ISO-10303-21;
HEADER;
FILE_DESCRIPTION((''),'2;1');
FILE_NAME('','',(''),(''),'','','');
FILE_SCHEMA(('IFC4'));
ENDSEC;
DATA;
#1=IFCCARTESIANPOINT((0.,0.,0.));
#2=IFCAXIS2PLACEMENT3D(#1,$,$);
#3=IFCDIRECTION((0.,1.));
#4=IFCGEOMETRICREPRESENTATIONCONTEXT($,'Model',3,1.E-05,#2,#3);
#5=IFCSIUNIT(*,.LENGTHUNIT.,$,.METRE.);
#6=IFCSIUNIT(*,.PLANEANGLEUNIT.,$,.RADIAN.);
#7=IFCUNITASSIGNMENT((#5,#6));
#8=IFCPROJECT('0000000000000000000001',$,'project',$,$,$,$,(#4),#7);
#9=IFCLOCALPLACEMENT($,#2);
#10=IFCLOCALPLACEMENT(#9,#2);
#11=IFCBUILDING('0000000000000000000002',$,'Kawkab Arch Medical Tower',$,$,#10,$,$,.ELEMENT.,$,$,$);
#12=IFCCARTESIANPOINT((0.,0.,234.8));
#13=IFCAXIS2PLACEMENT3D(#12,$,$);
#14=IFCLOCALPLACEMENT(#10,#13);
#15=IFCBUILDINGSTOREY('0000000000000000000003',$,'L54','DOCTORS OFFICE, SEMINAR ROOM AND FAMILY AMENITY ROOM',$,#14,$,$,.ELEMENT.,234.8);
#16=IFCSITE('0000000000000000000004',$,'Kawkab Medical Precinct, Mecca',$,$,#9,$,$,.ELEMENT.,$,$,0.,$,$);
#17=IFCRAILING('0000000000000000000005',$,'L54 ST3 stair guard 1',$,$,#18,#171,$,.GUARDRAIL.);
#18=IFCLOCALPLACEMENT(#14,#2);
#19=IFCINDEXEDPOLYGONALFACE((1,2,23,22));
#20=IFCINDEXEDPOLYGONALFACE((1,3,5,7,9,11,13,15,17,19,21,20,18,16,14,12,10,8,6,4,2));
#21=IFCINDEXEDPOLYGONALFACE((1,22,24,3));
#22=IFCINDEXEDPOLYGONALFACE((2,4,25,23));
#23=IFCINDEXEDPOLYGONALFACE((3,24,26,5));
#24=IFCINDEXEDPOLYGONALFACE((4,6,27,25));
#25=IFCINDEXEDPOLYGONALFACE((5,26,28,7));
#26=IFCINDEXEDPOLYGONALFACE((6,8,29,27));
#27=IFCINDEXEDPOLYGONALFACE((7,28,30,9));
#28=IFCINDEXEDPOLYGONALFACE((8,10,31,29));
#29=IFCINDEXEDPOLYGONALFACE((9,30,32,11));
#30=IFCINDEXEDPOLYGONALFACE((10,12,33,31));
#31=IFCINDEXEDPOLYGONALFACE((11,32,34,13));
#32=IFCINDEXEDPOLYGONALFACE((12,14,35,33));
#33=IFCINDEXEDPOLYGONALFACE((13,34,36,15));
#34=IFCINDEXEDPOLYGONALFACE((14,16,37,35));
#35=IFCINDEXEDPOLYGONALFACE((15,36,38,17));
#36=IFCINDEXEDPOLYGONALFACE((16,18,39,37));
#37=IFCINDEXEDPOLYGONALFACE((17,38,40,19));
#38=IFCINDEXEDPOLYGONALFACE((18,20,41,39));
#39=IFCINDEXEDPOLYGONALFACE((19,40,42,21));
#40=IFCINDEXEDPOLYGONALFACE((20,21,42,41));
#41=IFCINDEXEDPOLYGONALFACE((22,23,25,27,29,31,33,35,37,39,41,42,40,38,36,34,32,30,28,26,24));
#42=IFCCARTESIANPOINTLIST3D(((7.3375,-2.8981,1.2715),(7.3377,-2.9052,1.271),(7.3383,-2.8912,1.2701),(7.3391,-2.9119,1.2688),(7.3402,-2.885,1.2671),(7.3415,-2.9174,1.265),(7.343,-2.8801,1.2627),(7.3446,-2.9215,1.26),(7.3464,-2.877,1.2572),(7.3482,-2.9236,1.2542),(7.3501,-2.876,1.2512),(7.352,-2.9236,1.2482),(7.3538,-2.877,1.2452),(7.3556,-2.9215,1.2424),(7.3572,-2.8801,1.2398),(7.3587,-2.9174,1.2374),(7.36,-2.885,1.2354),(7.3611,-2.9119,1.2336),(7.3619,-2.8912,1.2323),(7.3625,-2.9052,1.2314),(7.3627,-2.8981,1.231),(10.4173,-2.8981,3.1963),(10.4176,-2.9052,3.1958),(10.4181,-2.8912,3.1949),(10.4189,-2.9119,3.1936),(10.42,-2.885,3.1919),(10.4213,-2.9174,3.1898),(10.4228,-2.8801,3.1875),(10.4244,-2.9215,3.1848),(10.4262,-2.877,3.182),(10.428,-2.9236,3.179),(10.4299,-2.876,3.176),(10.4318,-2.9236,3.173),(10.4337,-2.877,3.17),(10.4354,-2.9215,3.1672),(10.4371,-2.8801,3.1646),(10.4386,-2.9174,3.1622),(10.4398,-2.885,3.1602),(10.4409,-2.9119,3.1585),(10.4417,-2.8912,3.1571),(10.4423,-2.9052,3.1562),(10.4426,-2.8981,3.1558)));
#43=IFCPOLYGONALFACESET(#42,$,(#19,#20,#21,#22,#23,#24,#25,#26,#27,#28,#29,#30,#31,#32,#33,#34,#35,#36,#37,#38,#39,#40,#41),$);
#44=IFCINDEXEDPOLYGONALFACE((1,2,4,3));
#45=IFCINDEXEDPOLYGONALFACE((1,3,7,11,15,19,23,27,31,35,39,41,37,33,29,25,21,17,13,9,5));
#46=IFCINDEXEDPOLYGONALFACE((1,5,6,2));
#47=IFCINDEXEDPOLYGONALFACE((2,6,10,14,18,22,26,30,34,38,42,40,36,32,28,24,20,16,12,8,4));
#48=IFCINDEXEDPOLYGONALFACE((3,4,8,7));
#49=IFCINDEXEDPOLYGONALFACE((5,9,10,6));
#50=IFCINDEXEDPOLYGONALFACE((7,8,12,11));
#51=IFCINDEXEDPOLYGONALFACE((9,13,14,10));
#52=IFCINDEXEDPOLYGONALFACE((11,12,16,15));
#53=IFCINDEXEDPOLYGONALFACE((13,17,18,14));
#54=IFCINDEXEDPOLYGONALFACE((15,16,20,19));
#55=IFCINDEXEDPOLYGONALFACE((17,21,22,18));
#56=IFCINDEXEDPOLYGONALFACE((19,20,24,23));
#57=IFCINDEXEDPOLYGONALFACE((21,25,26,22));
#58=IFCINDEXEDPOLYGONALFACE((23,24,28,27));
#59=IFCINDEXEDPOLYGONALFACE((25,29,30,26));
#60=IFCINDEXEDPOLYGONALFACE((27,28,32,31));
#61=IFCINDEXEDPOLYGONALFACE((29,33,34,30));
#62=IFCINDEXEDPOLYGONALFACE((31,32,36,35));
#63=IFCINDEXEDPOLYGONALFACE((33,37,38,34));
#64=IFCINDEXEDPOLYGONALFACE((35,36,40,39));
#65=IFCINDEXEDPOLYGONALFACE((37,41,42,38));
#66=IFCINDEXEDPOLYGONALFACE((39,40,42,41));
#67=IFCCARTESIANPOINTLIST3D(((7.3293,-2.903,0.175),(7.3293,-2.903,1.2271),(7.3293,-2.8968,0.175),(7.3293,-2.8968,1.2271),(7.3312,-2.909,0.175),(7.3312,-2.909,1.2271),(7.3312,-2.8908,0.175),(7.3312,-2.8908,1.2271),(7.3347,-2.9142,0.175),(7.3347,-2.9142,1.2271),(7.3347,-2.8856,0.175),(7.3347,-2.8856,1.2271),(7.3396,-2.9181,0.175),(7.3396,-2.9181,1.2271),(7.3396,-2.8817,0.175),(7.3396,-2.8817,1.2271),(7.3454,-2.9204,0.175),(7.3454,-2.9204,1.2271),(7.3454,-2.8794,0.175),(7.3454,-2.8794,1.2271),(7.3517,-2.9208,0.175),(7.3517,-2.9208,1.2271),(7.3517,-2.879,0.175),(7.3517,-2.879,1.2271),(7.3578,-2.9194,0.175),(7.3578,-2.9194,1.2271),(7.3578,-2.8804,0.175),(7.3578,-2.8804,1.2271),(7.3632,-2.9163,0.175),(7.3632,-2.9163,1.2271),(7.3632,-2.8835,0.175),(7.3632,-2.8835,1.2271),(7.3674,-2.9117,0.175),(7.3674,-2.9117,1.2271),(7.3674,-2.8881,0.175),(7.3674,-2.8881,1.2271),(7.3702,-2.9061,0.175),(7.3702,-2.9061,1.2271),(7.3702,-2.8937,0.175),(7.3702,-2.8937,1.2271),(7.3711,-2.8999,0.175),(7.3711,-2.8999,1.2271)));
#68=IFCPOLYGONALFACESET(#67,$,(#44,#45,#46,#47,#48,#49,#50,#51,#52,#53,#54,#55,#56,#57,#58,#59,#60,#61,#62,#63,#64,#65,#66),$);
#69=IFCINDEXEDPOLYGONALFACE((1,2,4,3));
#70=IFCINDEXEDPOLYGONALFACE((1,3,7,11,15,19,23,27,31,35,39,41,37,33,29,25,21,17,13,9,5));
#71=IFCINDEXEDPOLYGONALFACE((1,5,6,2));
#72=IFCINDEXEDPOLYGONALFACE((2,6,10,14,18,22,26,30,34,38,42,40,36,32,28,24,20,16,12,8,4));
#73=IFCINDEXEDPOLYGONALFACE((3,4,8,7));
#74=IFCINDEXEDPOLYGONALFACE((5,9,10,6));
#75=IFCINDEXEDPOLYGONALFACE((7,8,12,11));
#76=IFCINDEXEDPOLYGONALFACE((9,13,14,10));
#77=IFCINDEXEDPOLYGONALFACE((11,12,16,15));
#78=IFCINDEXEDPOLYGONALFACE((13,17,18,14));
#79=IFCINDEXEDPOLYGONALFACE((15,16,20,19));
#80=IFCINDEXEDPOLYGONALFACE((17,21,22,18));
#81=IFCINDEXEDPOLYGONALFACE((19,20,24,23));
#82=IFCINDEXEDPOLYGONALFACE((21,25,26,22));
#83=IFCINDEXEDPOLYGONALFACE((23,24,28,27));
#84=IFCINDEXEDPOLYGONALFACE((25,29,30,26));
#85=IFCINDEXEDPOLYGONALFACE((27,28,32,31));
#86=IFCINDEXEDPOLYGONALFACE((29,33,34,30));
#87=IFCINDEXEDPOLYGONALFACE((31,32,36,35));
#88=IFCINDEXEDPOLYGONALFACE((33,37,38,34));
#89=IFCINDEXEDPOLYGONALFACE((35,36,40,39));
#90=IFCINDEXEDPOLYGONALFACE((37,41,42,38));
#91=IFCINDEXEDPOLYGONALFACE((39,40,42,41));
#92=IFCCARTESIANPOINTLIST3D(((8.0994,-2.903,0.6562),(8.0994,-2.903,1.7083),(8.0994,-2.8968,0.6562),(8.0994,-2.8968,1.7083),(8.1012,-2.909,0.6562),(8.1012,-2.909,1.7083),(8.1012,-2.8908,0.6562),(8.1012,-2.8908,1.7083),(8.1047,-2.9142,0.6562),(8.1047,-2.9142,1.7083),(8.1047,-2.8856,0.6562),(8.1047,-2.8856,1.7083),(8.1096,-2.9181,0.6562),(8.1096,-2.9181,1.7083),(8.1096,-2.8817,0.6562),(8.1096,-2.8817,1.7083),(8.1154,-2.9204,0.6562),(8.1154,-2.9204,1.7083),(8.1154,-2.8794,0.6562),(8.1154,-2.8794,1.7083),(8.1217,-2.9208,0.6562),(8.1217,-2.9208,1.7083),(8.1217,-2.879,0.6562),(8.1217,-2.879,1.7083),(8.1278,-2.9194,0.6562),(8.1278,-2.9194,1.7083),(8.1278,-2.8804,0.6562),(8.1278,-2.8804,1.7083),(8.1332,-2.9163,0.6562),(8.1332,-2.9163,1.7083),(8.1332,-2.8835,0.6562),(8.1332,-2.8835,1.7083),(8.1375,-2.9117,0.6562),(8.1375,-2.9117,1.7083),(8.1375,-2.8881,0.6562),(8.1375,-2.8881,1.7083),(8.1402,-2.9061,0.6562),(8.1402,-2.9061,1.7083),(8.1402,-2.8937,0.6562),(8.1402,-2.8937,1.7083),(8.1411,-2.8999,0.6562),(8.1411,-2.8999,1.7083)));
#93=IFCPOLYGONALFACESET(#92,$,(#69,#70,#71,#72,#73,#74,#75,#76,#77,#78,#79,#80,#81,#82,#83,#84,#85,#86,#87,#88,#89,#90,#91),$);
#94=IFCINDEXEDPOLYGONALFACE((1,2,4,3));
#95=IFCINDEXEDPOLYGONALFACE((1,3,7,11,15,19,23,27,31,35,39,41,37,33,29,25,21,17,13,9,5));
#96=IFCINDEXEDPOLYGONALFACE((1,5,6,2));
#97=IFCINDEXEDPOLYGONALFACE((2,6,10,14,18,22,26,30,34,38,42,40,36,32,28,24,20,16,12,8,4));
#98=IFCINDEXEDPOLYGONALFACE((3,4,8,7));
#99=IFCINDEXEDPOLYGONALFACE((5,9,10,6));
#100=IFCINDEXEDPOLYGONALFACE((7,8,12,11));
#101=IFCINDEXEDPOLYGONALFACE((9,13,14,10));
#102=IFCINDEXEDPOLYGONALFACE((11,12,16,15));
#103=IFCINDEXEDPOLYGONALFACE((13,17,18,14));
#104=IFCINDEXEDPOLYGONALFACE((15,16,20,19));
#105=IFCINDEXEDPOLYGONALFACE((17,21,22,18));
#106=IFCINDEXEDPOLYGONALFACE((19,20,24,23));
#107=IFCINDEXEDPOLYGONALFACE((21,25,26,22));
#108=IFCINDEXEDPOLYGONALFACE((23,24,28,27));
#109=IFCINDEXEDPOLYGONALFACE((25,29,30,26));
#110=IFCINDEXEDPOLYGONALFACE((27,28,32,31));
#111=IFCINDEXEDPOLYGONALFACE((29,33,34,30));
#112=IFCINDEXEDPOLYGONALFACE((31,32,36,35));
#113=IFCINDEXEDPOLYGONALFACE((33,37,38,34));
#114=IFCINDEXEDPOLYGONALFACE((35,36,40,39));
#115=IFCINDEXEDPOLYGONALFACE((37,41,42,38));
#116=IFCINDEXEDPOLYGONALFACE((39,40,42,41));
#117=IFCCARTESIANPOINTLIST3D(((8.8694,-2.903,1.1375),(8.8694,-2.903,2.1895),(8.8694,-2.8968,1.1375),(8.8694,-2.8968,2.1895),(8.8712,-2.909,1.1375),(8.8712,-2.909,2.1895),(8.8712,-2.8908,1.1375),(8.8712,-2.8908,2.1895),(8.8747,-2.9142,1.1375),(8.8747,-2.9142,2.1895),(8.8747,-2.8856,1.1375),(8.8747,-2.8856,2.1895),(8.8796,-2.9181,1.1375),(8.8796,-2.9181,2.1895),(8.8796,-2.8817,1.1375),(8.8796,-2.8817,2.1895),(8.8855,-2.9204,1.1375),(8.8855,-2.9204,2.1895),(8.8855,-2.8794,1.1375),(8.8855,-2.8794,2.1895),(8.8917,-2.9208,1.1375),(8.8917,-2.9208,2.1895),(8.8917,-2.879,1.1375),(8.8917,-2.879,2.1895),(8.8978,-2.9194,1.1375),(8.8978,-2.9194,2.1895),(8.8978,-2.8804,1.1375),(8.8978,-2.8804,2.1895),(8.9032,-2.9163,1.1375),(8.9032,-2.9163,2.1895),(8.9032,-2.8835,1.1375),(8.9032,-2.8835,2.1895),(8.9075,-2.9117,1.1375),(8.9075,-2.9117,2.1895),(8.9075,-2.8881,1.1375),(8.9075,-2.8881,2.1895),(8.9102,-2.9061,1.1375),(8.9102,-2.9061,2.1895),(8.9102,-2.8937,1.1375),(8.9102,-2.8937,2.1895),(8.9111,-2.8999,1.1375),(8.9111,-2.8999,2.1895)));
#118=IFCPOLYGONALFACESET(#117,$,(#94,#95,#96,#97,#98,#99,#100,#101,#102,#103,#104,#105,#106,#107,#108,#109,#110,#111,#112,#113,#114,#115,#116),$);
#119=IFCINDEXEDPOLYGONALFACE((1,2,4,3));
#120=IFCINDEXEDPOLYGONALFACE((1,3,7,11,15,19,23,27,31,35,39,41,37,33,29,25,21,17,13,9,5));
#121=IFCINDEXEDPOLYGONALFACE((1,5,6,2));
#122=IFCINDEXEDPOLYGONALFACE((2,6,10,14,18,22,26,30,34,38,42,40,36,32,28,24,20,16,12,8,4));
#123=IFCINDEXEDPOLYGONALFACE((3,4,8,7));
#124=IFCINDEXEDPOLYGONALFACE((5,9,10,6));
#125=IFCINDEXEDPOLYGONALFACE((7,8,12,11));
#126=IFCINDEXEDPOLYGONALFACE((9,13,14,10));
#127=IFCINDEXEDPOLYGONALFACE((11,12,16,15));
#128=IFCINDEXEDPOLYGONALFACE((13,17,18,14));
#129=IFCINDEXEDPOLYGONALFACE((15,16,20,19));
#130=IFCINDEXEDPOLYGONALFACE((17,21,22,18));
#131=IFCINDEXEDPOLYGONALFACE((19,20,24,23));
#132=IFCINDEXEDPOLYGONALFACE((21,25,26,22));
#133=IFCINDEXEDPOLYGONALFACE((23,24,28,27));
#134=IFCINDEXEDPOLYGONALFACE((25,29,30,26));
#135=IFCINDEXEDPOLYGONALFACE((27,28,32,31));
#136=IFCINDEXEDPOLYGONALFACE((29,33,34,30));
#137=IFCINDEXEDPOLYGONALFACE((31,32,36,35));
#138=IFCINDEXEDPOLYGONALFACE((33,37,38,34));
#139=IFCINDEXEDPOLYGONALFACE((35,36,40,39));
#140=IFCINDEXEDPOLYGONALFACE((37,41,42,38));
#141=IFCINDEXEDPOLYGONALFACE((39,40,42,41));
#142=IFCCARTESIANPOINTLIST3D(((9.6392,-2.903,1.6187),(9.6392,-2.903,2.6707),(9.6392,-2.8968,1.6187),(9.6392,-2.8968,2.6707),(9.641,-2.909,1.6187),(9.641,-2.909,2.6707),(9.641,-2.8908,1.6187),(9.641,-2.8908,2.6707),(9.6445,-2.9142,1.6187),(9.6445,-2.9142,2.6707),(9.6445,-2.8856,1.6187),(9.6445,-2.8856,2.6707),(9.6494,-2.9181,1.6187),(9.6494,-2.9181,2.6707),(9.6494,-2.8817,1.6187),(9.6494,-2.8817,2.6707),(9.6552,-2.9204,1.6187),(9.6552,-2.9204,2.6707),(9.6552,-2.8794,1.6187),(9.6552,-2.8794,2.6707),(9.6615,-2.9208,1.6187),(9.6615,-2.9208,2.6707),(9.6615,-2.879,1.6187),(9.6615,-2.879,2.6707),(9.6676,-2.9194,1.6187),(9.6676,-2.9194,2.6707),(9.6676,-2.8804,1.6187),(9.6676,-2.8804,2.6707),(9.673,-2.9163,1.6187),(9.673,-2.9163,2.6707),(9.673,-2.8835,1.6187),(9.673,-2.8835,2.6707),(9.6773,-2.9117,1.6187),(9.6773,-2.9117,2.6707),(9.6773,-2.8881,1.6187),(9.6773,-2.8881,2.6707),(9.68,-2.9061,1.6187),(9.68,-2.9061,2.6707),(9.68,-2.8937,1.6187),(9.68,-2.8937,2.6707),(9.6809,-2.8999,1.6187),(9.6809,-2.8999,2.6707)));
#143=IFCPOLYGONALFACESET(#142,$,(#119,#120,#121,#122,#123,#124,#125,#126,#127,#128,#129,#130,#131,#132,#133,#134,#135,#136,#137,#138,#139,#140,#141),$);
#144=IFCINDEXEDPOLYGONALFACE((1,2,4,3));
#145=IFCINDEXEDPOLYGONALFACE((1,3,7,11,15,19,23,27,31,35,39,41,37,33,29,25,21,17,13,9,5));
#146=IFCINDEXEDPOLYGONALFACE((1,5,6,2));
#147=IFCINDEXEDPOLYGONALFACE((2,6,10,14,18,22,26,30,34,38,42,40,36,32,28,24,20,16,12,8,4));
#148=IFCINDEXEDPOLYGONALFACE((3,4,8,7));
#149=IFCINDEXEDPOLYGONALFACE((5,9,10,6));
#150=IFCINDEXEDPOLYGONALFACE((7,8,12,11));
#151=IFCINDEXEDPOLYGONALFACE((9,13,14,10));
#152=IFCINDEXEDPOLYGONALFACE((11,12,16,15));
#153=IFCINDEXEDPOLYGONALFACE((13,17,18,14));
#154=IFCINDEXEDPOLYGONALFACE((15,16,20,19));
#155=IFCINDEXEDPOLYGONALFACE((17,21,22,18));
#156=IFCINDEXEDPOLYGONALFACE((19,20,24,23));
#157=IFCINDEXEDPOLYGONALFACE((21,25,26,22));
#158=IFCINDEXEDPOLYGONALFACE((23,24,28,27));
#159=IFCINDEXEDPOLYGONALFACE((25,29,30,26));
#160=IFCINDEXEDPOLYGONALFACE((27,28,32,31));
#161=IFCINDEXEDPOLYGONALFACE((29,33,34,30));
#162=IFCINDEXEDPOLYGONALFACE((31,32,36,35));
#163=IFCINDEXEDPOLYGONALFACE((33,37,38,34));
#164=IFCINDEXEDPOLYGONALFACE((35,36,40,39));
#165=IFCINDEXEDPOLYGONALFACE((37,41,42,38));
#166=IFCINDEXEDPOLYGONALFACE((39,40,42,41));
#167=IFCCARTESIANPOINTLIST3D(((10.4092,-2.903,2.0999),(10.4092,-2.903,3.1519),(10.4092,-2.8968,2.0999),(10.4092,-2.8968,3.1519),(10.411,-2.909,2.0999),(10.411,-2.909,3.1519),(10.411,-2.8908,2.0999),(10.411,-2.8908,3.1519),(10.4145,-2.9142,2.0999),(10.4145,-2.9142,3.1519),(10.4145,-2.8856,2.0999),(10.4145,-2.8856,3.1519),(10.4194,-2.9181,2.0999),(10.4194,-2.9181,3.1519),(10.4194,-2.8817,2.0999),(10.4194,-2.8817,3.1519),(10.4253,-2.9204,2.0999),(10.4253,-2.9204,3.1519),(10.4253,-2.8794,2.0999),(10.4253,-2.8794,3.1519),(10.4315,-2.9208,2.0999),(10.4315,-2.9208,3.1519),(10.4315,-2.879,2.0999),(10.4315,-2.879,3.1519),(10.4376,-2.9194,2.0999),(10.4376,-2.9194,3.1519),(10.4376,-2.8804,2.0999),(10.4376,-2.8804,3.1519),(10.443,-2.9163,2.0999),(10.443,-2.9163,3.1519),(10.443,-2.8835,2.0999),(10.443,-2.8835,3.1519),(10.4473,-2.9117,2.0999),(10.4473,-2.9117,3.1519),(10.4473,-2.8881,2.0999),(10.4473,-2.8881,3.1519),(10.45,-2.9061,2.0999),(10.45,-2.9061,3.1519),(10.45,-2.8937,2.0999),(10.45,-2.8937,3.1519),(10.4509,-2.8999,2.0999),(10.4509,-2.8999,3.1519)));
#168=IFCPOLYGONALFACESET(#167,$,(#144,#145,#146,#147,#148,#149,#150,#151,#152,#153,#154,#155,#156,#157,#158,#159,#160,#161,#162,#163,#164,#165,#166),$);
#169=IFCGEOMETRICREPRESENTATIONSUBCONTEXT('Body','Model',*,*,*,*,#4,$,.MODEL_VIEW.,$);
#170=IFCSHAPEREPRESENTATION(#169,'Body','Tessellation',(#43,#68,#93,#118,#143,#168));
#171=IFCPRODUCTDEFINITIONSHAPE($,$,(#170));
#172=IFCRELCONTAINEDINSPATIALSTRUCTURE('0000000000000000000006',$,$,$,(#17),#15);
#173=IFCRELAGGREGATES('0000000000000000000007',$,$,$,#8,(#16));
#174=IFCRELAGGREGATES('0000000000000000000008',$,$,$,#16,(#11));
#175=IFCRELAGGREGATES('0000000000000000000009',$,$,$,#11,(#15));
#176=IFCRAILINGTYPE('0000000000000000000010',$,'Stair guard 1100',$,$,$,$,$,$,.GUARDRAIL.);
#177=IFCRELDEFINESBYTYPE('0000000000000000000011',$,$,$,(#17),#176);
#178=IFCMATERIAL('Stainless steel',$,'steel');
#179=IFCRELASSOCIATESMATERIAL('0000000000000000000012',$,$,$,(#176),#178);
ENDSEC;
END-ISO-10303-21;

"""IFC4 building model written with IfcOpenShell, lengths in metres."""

from ifc_helpers import new_model, si_unit, direction, frame, origin, origin_2d, place, context, subcontext, project, spatial, circle, extrude, material, type_object, element, save


model = new_model("IFC4")

# Units and contexts
model_context = context("Model", 3, precision=1e-05, world=origin(), true_north=direction((0.0, 1.0)))
body_context = subcontext(model_context, "Body", "Model", "MODEL_VIEW")
ifc_project = project(units=[si_unit("LENGTHUNIT", "METRE"), si_unit("PLANEANGLEUNIT", "RADIAN")], contexts=[model_context])

# Site, building, storey
site_placement = place(None, origin())
site = spatial("IfcSite", under=ifc_project, at=site_placement, Name="Kawkab Medical Precinct, Mecca", CompositionType="ELEMENT", RefElevation=0.0)
building_placement = place(site_placement, origin())
building = spatial("IfcBuilding", under=site, at=building_placement, Name="Kawkab Arch Medical Tower", CompositionType="ELEMENT")
storey_placement = place(building_placement, frame((0.0, 0.0, 234.8)))
storey = spatial("IfcBuildingStorey", under=building, at=storey_placement, Name="L54", Description="DOCTORS OFFICE, SEMINAR ROOM AND FAMILY AMENITY ROOM", CompositionType="ELEMENT", Elevation=234.8)

# Railing
ifc_material_1 = material(Name="Stainless steel", Category="steel")
railing_type = type_object("IfcRailingType", Name="Stair guard 1100", PredefinedType="GUARDRAIL", material=ifc_material_1)
railing_placement = place(storey_placement, frame((7.3501, -2.8999, 0.175)))
element("IfcRailing", 1, at=railing_placement, inside=storey, type_object=railing_type, Name="L54 ST3 stair guard 1", PredefinedType="GUARDRAIL", context=body_context, shape_type="SweptSolid", body=[
    extrude(circle(Radius=0.0239, at=origin_2d()), frame((0.0, 0.0, 1.0762), z_axis=(0.84801, 0.0, 0.529981), x_axis=(0.0, 1.0, 0.0)), (0.0, 0.0, 1.0), 3.6318),
    extrude(circle(Radius=0.021, at=origin_2d()), origin(), (0.0, 0.0, 1.0), 1.052),
    extrude(circle(Radius=0.021, at=origin_2d()), frame((0.77, 0.0, 0.4812)), (0.0, 0.0, 1.0), 1.052),
    extrude(circle(Radius=0.021, at=origin_2d()), frame((1.54, 0.0, 0.9624)), (0.0, 0.0, 1.0), 1.052),
    extrude(circle(Radius=0.021, at=origin_2d()), frame((2.3098, 0.0, 1.4436)), (0.0, 0.0, 1.0), 1.052),
    extrude(circle(Radius=0.021, at=origin_2d()), frame((3.0798, 0.0, 1.9248)), (0.0, 0.0, 1.0), 1.052),
])

save(model, "model.ifc")
